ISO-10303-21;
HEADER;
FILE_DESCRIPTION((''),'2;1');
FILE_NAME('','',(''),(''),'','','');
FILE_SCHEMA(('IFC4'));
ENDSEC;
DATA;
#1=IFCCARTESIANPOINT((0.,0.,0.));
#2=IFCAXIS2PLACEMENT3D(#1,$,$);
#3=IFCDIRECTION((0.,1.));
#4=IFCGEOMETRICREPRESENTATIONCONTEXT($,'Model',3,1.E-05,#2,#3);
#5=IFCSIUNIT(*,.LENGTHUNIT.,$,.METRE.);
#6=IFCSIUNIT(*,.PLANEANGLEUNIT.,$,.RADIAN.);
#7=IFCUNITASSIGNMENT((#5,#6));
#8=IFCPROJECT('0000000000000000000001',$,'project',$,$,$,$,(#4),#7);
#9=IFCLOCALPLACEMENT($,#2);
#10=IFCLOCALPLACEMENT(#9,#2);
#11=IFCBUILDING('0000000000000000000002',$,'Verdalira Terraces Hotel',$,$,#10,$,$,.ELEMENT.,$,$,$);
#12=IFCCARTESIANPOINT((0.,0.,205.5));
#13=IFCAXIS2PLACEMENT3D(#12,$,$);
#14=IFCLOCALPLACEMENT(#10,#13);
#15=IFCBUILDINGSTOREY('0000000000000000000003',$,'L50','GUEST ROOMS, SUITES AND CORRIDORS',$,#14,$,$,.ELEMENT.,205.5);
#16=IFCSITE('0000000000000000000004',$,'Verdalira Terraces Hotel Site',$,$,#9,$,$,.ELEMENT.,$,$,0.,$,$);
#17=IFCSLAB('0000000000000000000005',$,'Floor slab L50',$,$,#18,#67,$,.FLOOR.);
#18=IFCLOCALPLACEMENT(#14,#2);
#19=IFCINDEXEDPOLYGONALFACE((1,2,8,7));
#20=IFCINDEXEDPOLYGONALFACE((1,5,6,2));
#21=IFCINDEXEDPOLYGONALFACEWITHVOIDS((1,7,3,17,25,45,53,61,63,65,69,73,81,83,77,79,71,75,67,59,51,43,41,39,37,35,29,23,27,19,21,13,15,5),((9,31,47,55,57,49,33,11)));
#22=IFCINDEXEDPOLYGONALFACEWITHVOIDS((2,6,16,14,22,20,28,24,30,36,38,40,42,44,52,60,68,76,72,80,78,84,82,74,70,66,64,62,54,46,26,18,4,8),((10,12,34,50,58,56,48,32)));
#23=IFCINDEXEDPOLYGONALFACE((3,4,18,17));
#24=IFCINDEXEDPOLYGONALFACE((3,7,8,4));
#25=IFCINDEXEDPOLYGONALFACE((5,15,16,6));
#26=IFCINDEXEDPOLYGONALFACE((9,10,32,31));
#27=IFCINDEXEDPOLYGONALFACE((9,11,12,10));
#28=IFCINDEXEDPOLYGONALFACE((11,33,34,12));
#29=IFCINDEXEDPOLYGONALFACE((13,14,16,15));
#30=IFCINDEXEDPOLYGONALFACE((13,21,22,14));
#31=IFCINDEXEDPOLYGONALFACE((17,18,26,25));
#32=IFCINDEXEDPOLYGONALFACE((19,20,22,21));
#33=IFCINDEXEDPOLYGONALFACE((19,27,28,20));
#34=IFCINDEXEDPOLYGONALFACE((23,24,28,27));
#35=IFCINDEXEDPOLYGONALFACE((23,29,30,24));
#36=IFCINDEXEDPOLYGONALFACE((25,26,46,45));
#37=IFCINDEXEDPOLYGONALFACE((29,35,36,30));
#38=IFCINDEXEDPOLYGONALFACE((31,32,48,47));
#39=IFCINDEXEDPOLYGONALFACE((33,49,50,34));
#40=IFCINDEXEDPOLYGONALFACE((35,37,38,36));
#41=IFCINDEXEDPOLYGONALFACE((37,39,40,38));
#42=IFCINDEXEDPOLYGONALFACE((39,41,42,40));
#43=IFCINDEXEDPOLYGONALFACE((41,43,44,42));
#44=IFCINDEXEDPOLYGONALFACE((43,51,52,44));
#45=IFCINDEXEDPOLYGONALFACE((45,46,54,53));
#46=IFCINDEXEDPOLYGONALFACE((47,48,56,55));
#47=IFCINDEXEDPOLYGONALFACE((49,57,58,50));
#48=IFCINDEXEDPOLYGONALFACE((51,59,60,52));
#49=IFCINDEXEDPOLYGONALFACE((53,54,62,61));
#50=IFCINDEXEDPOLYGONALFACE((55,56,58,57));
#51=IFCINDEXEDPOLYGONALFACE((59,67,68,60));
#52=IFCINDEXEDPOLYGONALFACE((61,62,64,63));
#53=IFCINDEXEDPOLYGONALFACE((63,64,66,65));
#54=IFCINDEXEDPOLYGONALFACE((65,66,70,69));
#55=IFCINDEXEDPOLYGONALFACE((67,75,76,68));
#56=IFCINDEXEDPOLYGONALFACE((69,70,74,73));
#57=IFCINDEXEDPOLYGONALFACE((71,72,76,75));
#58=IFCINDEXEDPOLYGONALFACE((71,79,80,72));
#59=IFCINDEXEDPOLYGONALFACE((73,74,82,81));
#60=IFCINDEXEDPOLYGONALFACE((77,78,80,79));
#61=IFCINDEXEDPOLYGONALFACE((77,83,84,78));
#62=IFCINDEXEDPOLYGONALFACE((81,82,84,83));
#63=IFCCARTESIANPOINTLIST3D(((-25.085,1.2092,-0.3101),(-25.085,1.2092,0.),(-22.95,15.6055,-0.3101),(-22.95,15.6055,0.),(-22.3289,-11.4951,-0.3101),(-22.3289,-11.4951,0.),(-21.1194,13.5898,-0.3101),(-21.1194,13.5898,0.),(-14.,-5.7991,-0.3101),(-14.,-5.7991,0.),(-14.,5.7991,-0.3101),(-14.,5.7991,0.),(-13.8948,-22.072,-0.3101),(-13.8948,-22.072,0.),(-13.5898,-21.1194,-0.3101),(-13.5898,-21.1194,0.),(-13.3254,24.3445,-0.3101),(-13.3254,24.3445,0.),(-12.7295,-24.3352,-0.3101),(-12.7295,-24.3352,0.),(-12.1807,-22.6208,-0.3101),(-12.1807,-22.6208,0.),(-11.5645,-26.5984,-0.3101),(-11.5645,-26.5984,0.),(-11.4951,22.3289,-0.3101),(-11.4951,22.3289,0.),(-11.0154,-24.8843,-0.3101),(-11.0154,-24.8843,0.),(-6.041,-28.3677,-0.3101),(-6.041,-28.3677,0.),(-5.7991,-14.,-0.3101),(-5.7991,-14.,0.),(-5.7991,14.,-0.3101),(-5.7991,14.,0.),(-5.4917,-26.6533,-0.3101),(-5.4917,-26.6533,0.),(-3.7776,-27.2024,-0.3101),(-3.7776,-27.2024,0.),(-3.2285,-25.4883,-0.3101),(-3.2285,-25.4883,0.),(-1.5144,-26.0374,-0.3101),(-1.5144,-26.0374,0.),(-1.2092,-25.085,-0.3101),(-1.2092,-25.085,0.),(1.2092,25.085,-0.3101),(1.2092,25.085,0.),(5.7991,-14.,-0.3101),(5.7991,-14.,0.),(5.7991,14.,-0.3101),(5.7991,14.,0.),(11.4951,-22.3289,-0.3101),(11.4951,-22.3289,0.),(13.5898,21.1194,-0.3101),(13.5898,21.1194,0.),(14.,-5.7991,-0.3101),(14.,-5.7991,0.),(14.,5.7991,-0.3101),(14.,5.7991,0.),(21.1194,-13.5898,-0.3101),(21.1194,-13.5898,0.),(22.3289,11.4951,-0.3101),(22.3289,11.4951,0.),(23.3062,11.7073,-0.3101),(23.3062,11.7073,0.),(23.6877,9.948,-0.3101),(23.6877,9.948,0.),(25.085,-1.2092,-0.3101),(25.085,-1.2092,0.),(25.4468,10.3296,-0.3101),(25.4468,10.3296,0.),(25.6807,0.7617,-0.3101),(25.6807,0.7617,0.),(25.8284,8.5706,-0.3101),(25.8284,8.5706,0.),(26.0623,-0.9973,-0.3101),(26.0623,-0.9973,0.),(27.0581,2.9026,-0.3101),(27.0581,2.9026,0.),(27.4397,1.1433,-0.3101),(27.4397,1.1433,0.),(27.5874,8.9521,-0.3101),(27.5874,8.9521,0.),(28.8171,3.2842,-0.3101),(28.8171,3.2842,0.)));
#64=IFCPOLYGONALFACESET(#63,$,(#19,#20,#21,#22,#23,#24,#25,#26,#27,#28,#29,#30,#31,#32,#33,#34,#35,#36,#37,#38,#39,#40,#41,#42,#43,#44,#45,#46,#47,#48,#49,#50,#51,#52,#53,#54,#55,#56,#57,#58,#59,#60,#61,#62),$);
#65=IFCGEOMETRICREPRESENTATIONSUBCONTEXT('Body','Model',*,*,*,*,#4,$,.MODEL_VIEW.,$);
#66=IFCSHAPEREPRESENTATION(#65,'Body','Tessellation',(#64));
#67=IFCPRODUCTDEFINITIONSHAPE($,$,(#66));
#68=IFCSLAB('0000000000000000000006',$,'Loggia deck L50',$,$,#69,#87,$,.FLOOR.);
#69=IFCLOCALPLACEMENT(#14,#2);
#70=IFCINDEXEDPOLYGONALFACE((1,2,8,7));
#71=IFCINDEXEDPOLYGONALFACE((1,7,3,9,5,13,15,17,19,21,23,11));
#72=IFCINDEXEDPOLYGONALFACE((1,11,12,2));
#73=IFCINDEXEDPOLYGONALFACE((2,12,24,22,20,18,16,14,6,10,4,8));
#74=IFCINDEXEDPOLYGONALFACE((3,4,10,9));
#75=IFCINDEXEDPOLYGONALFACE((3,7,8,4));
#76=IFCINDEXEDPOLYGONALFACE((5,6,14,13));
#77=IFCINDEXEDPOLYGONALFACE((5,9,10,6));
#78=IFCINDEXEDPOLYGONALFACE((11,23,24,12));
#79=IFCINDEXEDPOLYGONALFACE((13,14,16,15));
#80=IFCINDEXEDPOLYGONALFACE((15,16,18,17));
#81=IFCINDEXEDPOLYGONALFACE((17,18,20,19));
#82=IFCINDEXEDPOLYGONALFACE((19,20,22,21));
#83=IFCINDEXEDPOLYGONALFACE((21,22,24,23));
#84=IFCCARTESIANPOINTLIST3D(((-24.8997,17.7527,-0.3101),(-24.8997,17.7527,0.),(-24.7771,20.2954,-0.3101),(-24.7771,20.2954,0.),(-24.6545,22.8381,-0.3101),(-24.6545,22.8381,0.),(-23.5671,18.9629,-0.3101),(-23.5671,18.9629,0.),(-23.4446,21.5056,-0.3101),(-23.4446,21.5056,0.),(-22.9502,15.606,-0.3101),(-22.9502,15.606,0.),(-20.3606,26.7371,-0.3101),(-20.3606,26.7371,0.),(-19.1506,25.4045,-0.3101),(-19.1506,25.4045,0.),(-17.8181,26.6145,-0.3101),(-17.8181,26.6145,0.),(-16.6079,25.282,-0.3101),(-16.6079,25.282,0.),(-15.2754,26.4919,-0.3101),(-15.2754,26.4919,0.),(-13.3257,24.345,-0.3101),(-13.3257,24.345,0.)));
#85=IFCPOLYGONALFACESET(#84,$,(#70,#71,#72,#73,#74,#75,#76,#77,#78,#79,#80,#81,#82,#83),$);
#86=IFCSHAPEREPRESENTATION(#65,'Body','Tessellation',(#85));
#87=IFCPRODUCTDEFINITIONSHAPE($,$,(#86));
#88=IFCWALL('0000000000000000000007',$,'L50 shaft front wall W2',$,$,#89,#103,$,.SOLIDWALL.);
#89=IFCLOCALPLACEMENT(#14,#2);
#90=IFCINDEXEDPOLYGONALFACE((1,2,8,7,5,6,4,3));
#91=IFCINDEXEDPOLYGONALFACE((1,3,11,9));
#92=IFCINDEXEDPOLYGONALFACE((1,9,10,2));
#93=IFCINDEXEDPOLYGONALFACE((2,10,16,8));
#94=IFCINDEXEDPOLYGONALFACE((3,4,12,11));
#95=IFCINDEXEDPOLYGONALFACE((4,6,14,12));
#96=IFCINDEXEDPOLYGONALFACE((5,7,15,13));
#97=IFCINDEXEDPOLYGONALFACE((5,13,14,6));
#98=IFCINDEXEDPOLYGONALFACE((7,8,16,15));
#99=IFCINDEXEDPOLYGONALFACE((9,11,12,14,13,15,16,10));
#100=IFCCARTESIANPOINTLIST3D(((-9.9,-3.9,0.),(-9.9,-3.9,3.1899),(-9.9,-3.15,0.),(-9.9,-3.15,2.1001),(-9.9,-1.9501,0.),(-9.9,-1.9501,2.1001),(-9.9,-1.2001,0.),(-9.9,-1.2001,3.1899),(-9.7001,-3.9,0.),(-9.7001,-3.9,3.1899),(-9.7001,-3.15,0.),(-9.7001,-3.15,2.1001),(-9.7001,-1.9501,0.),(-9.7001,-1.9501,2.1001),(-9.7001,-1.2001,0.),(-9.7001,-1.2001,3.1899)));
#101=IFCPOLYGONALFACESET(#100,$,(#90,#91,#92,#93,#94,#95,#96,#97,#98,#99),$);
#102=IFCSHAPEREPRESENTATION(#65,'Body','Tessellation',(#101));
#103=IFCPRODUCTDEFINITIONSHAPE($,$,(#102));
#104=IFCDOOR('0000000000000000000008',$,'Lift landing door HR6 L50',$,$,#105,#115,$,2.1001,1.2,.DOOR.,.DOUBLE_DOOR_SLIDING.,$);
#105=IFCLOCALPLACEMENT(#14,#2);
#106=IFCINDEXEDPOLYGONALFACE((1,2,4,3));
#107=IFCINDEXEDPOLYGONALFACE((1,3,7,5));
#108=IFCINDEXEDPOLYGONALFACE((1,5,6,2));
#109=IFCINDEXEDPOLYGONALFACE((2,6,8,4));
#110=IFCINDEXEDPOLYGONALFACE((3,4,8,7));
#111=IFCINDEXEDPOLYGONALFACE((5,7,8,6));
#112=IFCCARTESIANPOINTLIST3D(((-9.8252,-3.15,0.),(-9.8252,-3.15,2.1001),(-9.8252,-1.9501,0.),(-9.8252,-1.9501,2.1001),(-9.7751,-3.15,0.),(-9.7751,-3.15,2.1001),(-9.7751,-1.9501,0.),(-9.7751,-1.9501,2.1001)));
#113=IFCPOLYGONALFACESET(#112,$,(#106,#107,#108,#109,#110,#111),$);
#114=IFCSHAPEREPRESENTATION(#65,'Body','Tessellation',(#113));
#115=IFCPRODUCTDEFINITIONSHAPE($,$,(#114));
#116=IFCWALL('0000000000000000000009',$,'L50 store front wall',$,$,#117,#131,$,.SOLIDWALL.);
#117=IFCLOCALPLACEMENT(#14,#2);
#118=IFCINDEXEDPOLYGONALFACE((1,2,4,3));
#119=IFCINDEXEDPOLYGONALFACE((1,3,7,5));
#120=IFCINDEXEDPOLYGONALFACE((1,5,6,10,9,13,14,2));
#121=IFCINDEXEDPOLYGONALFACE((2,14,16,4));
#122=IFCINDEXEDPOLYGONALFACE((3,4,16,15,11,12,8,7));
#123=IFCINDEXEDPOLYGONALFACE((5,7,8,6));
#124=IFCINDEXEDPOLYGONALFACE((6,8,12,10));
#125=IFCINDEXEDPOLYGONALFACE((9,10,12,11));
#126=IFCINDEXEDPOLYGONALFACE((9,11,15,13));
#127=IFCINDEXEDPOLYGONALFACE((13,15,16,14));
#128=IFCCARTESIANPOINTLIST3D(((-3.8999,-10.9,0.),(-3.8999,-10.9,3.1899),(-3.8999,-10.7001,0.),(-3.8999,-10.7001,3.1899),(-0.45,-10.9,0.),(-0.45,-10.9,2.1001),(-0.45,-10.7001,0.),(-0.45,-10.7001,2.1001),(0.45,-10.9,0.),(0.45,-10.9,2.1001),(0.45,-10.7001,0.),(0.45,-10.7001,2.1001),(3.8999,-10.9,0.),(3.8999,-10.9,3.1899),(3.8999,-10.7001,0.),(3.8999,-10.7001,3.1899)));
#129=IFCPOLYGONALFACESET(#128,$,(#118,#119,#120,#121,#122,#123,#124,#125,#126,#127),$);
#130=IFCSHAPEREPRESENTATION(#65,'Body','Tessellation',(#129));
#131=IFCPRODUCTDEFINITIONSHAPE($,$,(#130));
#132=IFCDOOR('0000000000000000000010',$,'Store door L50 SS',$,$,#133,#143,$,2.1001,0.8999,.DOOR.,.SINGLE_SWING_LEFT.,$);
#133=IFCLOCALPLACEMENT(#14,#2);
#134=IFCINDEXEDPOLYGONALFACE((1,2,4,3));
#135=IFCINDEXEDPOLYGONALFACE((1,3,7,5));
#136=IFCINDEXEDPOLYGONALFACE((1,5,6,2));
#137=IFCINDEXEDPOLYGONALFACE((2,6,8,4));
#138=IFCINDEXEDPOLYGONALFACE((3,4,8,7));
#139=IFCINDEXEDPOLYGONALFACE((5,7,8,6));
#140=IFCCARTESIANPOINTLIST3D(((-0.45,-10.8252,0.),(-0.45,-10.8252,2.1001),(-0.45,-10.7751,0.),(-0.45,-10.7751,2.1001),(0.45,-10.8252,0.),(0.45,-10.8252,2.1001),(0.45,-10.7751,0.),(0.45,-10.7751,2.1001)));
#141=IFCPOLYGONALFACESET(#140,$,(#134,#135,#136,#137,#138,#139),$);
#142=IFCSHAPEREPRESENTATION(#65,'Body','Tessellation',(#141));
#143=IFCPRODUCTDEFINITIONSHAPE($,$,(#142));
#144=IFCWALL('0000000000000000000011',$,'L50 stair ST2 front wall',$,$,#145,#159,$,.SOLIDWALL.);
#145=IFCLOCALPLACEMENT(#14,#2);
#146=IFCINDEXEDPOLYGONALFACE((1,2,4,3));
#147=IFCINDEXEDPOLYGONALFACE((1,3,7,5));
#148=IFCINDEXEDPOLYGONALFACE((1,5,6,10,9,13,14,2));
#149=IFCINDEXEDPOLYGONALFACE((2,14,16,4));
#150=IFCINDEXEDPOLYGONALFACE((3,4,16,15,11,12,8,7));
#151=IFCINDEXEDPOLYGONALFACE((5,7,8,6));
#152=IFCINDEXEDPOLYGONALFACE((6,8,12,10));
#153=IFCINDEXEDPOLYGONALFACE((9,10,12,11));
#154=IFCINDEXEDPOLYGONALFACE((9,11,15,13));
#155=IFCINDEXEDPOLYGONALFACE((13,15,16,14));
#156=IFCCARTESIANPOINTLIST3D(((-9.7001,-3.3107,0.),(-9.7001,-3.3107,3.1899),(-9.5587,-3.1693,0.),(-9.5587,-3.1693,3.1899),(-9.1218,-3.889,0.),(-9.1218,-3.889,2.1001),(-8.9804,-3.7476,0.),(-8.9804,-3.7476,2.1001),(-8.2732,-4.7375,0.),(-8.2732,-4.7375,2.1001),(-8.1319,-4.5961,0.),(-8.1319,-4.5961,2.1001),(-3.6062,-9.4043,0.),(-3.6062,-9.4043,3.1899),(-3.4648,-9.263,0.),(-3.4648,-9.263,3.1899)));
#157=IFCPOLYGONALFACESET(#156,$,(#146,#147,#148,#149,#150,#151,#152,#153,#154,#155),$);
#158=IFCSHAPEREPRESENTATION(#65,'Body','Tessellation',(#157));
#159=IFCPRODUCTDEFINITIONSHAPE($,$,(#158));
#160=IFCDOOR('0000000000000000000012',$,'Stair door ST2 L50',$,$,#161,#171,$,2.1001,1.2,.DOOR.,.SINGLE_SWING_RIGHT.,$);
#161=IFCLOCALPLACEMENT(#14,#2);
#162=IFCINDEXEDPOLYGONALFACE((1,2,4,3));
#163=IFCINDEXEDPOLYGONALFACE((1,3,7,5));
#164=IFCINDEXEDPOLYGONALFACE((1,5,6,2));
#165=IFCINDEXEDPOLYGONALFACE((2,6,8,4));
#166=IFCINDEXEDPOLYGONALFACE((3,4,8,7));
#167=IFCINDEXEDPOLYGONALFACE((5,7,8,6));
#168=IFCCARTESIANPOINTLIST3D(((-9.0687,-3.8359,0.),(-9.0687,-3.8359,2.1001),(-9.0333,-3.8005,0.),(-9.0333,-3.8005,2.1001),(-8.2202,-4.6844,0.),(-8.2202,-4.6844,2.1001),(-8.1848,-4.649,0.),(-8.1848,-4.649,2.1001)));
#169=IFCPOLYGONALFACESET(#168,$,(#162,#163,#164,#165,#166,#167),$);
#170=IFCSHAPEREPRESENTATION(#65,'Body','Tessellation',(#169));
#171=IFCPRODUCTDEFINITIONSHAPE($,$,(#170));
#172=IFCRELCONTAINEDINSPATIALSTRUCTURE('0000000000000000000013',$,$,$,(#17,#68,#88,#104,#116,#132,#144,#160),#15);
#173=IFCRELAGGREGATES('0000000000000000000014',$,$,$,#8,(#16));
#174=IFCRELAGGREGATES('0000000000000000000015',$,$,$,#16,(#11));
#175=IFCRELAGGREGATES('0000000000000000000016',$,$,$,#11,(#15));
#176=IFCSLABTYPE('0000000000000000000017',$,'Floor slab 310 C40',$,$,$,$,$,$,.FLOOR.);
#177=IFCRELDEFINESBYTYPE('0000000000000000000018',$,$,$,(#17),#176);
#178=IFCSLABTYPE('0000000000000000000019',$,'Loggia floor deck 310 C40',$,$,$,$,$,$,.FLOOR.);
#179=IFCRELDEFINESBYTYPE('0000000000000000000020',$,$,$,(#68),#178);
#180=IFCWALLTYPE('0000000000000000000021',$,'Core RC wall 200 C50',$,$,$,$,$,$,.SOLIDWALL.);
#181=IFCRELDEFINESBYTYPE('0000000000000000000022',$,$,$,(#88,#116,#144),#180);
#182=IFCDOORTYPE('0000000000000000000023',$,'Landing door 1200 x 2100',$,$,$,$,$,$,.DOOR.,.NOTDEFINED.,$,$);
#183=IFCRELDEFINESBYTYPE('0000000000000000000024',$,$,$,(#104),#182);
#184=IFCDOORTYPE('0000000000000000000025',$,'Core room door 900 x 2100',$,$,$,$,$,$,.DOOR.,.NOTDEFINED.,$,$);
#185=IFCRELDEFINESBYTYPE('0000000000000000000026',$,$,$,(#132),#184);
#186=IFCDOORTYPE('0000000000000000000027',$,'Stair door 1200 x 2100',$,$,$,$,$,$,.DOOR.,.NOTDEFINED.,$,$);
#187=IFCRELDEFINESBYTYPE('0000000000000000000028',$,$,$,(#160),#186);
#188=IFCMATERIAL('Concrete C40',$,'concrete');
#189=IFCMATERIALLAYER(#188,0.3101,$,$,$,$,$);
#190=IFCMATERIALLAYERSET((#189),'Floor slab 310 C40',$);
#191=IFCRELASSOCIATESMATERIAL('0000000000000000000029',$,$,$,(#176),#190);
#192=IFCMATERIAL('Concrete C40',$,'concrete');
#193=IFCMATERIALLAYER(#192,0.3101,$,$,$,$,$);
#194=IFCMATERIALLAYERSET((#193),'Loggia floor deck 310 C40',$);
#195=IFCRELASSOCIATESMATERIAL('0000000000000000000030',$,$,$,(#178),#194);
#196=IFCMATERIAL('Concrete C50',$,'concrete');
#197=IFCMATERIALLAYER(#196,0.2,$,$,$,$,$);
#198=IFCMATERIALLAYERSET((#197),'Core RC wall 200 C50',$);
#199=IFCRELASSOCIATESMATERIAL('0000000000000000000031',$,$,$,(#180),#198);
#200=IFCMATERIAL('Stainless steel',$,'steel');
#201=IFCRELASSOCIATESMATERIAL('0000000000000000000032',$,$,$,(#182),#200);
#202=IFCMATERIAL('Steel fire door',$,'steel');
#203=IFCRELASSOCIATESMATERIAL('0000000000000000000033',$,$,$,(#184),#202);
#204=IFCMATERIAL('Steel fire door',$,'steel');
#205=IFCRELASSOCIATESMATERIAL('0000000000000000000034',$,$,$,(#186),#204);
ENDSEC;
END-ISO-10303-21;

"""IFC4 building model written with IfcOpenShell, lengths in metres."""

from ifc_helpers import new_model, si_unit, direction, frame, frame_2d, origin, place, context, subcontext, project, spatial, polyline, rectangle, outline, extrude, material, layer, layer_set, type_object, element, fill, save


model = new_model("IFC4")

# Units and contexts
model_context = context("Model", 3, precision=1e-05, world=origin(), true_north=direction((0.0, 1.0)))
body_context = subcontext(model_context, "Body", "Model", "MODEL_VIEW")
ifc_project = project(units=[si_unit("LENGTHUNIT", "METRE"), si_unit("PLANEANGLEUNIT", "RADIAN")], contexts=[model_context])

# Site, building, storey
site_placement = place(None, origin())
site = spatial("IfcSite", under=ifc_project, at=site_placement, Name="Verdalira Terraces Hotel Site", CompositionType="ELEMENT", RefElevation=0.0)
building_placement = place(site_placement, origin())
building = spatial("IfcBuilding", under=site, at=building_placement, Name="Verdalira Terraces Hotel", CompositionType="ELEMENT")
storey_placement = place(building_placement, frame((0.0, 0.0, 205.5)))
storey = spatial("IfcBuildingStorey", under=building, at=storey_placement, Name="L50", Description="GUEST ROOMS, SUITES AND CORRIDORS", CompositionType="ELEMENT", Elevation=205.5)

# Slabs
ifc_material_1 = material(Name="Concrete C40", Category="concrete")
ifc_layer_1 = layer(ifc_material_1, 0.3101)
ifc_layer_set_1 = layer_set([ifc_layer_1], Name="Floor slab 310 C40")
slab_type_1 = type_object("IfcSlabType", Name="Floor slab 310 C40", PredefinedType="FLOOR", material=ifc_layer_set_1)
slab_1_placement = place(storey_placement, frame((0.0, 0.0, -0.3101)))
element("IfcSlab", 1, at=slab_1_placement, inside=storey, type_object=slab_type_1, Name="Floor slab L50", PredefinedType="FLOOR", context=body_context, shape_type="SweptSolid", body=[
    extrude(outline(polyline([(1.2092, 25.085), (-11.4951, 22.3289), (-13.3254, 24.3445), (-22.95, 15.6055), (-21.1194, 13.5898), (-25.085, 1.2092), (-22.3289, -11.4951), (-13.5898, -21.1194), (-13.8948, -22.072), (-12.1807, -22.6209), (-12.7295, -24.3352), (-11.0154, -24.8843), (-11.5645, -26.5984), (-6.041, -28.3677), (-5.4917, -26.6533), (-3.7776, -27.2024), (-3.2285, -25.4883), (-1.5144, -26.0374), (-1.2092, -25.085), (11.4951, -22.3289), (21.1194, -13.5898), (25.085, -1.2092), (26.0623, -0.9973), (25.6807, 0.7617), (27.4397, 1.1433), (27.0581, 2.9026), (28.8171, 3.2842), (27.5874, 8.9521), (25.8284, 8.5706), (25.4468, 10.3296), (23.6877, 9.948), (23.3062, 11.7073), (22.3289, 11.4951), (13.5898, 21.1194), (1.2092, 25.085)]), holes=[polyline([(5.7991, 14.0), (14.0, 5.7991), (14.0, -5.7991), (5.7991, -14.0), (-5.7991, -14.0), (-14.0, -5.7991), (-14.0, 5.7991), (-5.7991, 14.0), (5.7991, 14.0)])]), origin(), (0.0, 0.0, 1.0), 0.3101),
])
ifc_material_2 = material(Name="Concrete C40", Category="concrete")
ifc_layer_2 = layer(ifc_material_2, 0.3101)
ifc_layer_set_2 = layer_set([ifc_layer_2], Name="Loggia floor deck 310 C40")
slab_type_2 = type_object("IfcSlabType", Name="Loggia floor deck 310 C40", PredefinedType="FLOOR", material=ifc_layer_set_2)
slab_2_placement = place(storey_placement, frame((0.0, 0.0, -0.3101)))
element("IfcSlab", 2, at=slab_2_placement, inside=storey, type_object=slab_type_2, Name="Loggia deck L50", PredefinedType="FLOOR", context=body_context, shape_type="SweptSolid", body=[
    extrude(outline(polyline([(-24.8997, 17.7527), (-22.9502, 15.606), (-13.3257, 24.345), (-15.2754, 26.4919), (-16.6079, 25.282), (-17.8181, 26.6145), (-19.1506, 25.4045), (-20.3606, 26.7371), (-24.6545, 22.8381), (-23.4446, 21.5056), (-24.7771, 20.2954), (-23.5671, 18.9629), (-24.8997, 17.7527)])), origin(), (0.0, 0.0, 1.0), 0.3101),
])

# Walls, openings, doors
ifc_material_3 = material(Name="Concrete C50", Category="concrete")
ifc_layer_3 = layer(ifc_material_3, 0.2)
ifc_layer_set_3 = layer_set([ifc_layer_3], Name="Core RC wall 200 C50")
wall_type_1 = type_object("IfcWallType", Name="Core RC wall 200 C50", PredefinedType="SOLIDWALL", material=ifc_layer_set_3)
wall_1_placement = place(storey_placement, frame((-9.8, -1.2, 0.0), z_axis=(0.0, 0.0, 1.0), x_axis=(0.0, -1.0, 0.0)))
wall_1 = element("IfcWall", 3, at=wall_1_placement, inside=storey, type_object=wall_type_1, Name="L50 shaft front wall W2", PredefinedType="SOLIDWALL", context=body_context, shape_type="SweptSolid", body=[
    extrude(rectangle(XDim=2.7, YDim=0.2, at=frame_2d((1.3501, 0.0))), origin(), (0.0, 0.0, 1.0), 3.1899),
])
opening_1_placement = place(wall_1_placement, frame((0.75, 0.0, 0.0)))
opening_1 = element("IfcOpeningElement", 4, at=opening_1_placement, cuts=wall_1, PredefinedType="OPENING", context=body_context, shape_type="SweptSolid", body=[
    extrude(rectangle(XDim=1.2, YDim=2.1001, at=frame_2d((0.6001, 1.05))), frame((0.0, 0.1099, 0.0), z_axis=(0.0, -1.0, 0.0), x_axis=(1.0, 0.0, 0.0)), (0.0, 0.0, 1.0), 0.22),
])
ifc_material_4 = material(Name="Stainless steel", Category="steel")
door_type_1 = type_object("IfcDoorType", Name="Landing door 1200 x 2100", OperationType="NOTDEFINED", PredefinedType="DOOR", material=ifc_material_4)
door_1_placement = place(opening_1_placement, origin())
door_1 = element("IfcDoor", 5, at=door_1_placement, inside=storey, type_object=door_type_1, Name="Lift landing door HR6 L50", OperationType="DOUBLE_DOOR_SLIDING", OverallHeight=2.1001, OverallWidth=1.2, PredefinedType="DOOR", context=body_context, shape_type="SweptSolid", body=[
    extrude(rectangle(XDim=1.2, YDim=2.1001, at=frame_2d((0.6001, 1.05))), frame((0.0, 0.0249, 0.0), z_axis=(0.0, -1.0, 0.0), x_axis=(1.0, 0.0, 0.0)), (0.0, 0.0, 1.0), 0.05),
])
fill(opening_1, door_1)
wall_2_placement = place(storey_placement, frame((-3.8999, -10.8, 0.0), z_axis=(0.0, 0.0, 1.0), x_axis=(1.0, 0.0, 0.0)))
wall_2 = element("IfcWall", 6, at=wall_2_placement, inside=storey, type_object=wall_type_1, Name="L50 store front wall", PredefinedType="SOLIDWALL", context=body_context, shape_type="SweptSolid", body=[
    extrude(rectangle(XDim=7.7998, YDim=0.2, at=frame_2d((3.8999, 0.0))), origin(), (0.0, 0.0, 1.0), 3.1899),
])
opening_2_placement = place(wall_2_placement, frame((3.45, 0.0, 0.0)))
opening_2 = element("IfcOpeningElement", 7, at=opening_2_placement, cuts=wall_2, PredefinedType="OPENING", context=body_context, shape_type="SweptSolid", body=[
    extrude(rectangle(XDim=0.8999, YDim=2.1001, at=frame_2d((0.45, 1.05))), frame((0.0, 0.1099, 0.0), z_axis=(0.0, -1.0, 0.0), x_axis=(1.0, 0.0, 0.0)), (0.0, 0.0, 1.0), 0.22),
])
ifc_material_5 = material(Name="Steel fire door", Category="steel")
door_type_2 = type_object("IfcDoorType", Name="Core room door 900 x 2100", OperationType="NOTDEFINED", PredefinedType="DOOR", material=ifc_material_5)
door_2_placement = place(opening_2_placement, origin())
door_2 = element("IfcDoor", 8, at=door_2_placement, inside=storey, type_object=door_type_2, Name="Store door L50 SS", OperationType="SINGLE_SWING_LEFT", OverallHeight=2.1001, OverallWidth=0.8999, PredefinedType="DOOR", context=body_context, shape_type="SweptSolid", body=[
    extrude(rectangle(XDim=0.8999, YDim=2.1001, at=frame_2d((0.45, 1.05))), frame((0.0, 0.0249, 0.0), z_axis=(0.0, -1.0, 0.0), x_axis=(1.0, 0.0, 0.0)), (0.0, 0.0, 1.0), 0.05),
])
fill(opening_2, door_2)
wall_3_placement = place(storey_placement, frame((-3.5354, -9.3337, 0.0), z_axis=(0.0, 0.0, 1.0), x_axis=(-0.707121, 0.707093, 0.0)))
wall_3 = element("IfcWall", 9, at=wall_3_placement, inside=storey, type_object=wall_type_1, Name="L50 stair ST2 front wall", PredefinedType="SOLIDWALL", context=body_context, shape_type="SweptSolid", body=[
    extrude(rectangle(XDim=8.6179, YDim=0.2, at=frame_2d((4.3091, 0.0))), origin(), (0.0, 0.0, 1.0), 3.1899),
])
opening_3_placement = place(wall_3_placement, frame((6.6001, 0.0, 0.0)))
opening_3 = element("IfcOpeningElement", 10, at=opening_3_placement, cuts=wall_3, PredefinedType="OPENING", context=body_context, shape_type="SweptSolid", body=[
    extrude(rectangle(XDim=1.2, YDim=2.1001, at=frame_2d((0.6001, 1.05))), frame((0.0, 0.1099, 0.0), z_axis=(0.0, -1.0, 0.0), x_axis=(1.0, 0.0, 0.0)), (0.0, 0.0, 1.0), 0.22),
])
ifc_material_6 = material(Name="Steel fire door", Category="steel")
door_type_3 = type_object("IfcDoorType", Name="Stair door 1200 x 2100", OperationType="NOTDEFINED", PredefinedType="DOOR", material=ifc_material_6)
door_3_placement = place(opening_3_placement, origin())
door_3 = element("IfcDoor", 11, at=door_3_placement, inside=storey, type_object=door_type_3, Name="Stair door ST2 L50", OperationType="SINGLE_SWING_RIGHT", OverallHeight=2.1001, OverallWidth=1.2, PredefinedType="DOOR", context=body_context, shape_type="SweptSolid", body=[
    extrude(rectangle(XDim=1.2, YDim=2.1001, at=frame_2d((0.6001, 1.05))), frame((0.0, 0.0249, 0.0), z_axis=(0.0, -1.0, 0.0), x_axis=(1.0, 0.0, 0.0)), (0.0, 0.0, 1.0), 0.05),
])
fill(opening_3, door_3)

save(model, "model.ifc")
